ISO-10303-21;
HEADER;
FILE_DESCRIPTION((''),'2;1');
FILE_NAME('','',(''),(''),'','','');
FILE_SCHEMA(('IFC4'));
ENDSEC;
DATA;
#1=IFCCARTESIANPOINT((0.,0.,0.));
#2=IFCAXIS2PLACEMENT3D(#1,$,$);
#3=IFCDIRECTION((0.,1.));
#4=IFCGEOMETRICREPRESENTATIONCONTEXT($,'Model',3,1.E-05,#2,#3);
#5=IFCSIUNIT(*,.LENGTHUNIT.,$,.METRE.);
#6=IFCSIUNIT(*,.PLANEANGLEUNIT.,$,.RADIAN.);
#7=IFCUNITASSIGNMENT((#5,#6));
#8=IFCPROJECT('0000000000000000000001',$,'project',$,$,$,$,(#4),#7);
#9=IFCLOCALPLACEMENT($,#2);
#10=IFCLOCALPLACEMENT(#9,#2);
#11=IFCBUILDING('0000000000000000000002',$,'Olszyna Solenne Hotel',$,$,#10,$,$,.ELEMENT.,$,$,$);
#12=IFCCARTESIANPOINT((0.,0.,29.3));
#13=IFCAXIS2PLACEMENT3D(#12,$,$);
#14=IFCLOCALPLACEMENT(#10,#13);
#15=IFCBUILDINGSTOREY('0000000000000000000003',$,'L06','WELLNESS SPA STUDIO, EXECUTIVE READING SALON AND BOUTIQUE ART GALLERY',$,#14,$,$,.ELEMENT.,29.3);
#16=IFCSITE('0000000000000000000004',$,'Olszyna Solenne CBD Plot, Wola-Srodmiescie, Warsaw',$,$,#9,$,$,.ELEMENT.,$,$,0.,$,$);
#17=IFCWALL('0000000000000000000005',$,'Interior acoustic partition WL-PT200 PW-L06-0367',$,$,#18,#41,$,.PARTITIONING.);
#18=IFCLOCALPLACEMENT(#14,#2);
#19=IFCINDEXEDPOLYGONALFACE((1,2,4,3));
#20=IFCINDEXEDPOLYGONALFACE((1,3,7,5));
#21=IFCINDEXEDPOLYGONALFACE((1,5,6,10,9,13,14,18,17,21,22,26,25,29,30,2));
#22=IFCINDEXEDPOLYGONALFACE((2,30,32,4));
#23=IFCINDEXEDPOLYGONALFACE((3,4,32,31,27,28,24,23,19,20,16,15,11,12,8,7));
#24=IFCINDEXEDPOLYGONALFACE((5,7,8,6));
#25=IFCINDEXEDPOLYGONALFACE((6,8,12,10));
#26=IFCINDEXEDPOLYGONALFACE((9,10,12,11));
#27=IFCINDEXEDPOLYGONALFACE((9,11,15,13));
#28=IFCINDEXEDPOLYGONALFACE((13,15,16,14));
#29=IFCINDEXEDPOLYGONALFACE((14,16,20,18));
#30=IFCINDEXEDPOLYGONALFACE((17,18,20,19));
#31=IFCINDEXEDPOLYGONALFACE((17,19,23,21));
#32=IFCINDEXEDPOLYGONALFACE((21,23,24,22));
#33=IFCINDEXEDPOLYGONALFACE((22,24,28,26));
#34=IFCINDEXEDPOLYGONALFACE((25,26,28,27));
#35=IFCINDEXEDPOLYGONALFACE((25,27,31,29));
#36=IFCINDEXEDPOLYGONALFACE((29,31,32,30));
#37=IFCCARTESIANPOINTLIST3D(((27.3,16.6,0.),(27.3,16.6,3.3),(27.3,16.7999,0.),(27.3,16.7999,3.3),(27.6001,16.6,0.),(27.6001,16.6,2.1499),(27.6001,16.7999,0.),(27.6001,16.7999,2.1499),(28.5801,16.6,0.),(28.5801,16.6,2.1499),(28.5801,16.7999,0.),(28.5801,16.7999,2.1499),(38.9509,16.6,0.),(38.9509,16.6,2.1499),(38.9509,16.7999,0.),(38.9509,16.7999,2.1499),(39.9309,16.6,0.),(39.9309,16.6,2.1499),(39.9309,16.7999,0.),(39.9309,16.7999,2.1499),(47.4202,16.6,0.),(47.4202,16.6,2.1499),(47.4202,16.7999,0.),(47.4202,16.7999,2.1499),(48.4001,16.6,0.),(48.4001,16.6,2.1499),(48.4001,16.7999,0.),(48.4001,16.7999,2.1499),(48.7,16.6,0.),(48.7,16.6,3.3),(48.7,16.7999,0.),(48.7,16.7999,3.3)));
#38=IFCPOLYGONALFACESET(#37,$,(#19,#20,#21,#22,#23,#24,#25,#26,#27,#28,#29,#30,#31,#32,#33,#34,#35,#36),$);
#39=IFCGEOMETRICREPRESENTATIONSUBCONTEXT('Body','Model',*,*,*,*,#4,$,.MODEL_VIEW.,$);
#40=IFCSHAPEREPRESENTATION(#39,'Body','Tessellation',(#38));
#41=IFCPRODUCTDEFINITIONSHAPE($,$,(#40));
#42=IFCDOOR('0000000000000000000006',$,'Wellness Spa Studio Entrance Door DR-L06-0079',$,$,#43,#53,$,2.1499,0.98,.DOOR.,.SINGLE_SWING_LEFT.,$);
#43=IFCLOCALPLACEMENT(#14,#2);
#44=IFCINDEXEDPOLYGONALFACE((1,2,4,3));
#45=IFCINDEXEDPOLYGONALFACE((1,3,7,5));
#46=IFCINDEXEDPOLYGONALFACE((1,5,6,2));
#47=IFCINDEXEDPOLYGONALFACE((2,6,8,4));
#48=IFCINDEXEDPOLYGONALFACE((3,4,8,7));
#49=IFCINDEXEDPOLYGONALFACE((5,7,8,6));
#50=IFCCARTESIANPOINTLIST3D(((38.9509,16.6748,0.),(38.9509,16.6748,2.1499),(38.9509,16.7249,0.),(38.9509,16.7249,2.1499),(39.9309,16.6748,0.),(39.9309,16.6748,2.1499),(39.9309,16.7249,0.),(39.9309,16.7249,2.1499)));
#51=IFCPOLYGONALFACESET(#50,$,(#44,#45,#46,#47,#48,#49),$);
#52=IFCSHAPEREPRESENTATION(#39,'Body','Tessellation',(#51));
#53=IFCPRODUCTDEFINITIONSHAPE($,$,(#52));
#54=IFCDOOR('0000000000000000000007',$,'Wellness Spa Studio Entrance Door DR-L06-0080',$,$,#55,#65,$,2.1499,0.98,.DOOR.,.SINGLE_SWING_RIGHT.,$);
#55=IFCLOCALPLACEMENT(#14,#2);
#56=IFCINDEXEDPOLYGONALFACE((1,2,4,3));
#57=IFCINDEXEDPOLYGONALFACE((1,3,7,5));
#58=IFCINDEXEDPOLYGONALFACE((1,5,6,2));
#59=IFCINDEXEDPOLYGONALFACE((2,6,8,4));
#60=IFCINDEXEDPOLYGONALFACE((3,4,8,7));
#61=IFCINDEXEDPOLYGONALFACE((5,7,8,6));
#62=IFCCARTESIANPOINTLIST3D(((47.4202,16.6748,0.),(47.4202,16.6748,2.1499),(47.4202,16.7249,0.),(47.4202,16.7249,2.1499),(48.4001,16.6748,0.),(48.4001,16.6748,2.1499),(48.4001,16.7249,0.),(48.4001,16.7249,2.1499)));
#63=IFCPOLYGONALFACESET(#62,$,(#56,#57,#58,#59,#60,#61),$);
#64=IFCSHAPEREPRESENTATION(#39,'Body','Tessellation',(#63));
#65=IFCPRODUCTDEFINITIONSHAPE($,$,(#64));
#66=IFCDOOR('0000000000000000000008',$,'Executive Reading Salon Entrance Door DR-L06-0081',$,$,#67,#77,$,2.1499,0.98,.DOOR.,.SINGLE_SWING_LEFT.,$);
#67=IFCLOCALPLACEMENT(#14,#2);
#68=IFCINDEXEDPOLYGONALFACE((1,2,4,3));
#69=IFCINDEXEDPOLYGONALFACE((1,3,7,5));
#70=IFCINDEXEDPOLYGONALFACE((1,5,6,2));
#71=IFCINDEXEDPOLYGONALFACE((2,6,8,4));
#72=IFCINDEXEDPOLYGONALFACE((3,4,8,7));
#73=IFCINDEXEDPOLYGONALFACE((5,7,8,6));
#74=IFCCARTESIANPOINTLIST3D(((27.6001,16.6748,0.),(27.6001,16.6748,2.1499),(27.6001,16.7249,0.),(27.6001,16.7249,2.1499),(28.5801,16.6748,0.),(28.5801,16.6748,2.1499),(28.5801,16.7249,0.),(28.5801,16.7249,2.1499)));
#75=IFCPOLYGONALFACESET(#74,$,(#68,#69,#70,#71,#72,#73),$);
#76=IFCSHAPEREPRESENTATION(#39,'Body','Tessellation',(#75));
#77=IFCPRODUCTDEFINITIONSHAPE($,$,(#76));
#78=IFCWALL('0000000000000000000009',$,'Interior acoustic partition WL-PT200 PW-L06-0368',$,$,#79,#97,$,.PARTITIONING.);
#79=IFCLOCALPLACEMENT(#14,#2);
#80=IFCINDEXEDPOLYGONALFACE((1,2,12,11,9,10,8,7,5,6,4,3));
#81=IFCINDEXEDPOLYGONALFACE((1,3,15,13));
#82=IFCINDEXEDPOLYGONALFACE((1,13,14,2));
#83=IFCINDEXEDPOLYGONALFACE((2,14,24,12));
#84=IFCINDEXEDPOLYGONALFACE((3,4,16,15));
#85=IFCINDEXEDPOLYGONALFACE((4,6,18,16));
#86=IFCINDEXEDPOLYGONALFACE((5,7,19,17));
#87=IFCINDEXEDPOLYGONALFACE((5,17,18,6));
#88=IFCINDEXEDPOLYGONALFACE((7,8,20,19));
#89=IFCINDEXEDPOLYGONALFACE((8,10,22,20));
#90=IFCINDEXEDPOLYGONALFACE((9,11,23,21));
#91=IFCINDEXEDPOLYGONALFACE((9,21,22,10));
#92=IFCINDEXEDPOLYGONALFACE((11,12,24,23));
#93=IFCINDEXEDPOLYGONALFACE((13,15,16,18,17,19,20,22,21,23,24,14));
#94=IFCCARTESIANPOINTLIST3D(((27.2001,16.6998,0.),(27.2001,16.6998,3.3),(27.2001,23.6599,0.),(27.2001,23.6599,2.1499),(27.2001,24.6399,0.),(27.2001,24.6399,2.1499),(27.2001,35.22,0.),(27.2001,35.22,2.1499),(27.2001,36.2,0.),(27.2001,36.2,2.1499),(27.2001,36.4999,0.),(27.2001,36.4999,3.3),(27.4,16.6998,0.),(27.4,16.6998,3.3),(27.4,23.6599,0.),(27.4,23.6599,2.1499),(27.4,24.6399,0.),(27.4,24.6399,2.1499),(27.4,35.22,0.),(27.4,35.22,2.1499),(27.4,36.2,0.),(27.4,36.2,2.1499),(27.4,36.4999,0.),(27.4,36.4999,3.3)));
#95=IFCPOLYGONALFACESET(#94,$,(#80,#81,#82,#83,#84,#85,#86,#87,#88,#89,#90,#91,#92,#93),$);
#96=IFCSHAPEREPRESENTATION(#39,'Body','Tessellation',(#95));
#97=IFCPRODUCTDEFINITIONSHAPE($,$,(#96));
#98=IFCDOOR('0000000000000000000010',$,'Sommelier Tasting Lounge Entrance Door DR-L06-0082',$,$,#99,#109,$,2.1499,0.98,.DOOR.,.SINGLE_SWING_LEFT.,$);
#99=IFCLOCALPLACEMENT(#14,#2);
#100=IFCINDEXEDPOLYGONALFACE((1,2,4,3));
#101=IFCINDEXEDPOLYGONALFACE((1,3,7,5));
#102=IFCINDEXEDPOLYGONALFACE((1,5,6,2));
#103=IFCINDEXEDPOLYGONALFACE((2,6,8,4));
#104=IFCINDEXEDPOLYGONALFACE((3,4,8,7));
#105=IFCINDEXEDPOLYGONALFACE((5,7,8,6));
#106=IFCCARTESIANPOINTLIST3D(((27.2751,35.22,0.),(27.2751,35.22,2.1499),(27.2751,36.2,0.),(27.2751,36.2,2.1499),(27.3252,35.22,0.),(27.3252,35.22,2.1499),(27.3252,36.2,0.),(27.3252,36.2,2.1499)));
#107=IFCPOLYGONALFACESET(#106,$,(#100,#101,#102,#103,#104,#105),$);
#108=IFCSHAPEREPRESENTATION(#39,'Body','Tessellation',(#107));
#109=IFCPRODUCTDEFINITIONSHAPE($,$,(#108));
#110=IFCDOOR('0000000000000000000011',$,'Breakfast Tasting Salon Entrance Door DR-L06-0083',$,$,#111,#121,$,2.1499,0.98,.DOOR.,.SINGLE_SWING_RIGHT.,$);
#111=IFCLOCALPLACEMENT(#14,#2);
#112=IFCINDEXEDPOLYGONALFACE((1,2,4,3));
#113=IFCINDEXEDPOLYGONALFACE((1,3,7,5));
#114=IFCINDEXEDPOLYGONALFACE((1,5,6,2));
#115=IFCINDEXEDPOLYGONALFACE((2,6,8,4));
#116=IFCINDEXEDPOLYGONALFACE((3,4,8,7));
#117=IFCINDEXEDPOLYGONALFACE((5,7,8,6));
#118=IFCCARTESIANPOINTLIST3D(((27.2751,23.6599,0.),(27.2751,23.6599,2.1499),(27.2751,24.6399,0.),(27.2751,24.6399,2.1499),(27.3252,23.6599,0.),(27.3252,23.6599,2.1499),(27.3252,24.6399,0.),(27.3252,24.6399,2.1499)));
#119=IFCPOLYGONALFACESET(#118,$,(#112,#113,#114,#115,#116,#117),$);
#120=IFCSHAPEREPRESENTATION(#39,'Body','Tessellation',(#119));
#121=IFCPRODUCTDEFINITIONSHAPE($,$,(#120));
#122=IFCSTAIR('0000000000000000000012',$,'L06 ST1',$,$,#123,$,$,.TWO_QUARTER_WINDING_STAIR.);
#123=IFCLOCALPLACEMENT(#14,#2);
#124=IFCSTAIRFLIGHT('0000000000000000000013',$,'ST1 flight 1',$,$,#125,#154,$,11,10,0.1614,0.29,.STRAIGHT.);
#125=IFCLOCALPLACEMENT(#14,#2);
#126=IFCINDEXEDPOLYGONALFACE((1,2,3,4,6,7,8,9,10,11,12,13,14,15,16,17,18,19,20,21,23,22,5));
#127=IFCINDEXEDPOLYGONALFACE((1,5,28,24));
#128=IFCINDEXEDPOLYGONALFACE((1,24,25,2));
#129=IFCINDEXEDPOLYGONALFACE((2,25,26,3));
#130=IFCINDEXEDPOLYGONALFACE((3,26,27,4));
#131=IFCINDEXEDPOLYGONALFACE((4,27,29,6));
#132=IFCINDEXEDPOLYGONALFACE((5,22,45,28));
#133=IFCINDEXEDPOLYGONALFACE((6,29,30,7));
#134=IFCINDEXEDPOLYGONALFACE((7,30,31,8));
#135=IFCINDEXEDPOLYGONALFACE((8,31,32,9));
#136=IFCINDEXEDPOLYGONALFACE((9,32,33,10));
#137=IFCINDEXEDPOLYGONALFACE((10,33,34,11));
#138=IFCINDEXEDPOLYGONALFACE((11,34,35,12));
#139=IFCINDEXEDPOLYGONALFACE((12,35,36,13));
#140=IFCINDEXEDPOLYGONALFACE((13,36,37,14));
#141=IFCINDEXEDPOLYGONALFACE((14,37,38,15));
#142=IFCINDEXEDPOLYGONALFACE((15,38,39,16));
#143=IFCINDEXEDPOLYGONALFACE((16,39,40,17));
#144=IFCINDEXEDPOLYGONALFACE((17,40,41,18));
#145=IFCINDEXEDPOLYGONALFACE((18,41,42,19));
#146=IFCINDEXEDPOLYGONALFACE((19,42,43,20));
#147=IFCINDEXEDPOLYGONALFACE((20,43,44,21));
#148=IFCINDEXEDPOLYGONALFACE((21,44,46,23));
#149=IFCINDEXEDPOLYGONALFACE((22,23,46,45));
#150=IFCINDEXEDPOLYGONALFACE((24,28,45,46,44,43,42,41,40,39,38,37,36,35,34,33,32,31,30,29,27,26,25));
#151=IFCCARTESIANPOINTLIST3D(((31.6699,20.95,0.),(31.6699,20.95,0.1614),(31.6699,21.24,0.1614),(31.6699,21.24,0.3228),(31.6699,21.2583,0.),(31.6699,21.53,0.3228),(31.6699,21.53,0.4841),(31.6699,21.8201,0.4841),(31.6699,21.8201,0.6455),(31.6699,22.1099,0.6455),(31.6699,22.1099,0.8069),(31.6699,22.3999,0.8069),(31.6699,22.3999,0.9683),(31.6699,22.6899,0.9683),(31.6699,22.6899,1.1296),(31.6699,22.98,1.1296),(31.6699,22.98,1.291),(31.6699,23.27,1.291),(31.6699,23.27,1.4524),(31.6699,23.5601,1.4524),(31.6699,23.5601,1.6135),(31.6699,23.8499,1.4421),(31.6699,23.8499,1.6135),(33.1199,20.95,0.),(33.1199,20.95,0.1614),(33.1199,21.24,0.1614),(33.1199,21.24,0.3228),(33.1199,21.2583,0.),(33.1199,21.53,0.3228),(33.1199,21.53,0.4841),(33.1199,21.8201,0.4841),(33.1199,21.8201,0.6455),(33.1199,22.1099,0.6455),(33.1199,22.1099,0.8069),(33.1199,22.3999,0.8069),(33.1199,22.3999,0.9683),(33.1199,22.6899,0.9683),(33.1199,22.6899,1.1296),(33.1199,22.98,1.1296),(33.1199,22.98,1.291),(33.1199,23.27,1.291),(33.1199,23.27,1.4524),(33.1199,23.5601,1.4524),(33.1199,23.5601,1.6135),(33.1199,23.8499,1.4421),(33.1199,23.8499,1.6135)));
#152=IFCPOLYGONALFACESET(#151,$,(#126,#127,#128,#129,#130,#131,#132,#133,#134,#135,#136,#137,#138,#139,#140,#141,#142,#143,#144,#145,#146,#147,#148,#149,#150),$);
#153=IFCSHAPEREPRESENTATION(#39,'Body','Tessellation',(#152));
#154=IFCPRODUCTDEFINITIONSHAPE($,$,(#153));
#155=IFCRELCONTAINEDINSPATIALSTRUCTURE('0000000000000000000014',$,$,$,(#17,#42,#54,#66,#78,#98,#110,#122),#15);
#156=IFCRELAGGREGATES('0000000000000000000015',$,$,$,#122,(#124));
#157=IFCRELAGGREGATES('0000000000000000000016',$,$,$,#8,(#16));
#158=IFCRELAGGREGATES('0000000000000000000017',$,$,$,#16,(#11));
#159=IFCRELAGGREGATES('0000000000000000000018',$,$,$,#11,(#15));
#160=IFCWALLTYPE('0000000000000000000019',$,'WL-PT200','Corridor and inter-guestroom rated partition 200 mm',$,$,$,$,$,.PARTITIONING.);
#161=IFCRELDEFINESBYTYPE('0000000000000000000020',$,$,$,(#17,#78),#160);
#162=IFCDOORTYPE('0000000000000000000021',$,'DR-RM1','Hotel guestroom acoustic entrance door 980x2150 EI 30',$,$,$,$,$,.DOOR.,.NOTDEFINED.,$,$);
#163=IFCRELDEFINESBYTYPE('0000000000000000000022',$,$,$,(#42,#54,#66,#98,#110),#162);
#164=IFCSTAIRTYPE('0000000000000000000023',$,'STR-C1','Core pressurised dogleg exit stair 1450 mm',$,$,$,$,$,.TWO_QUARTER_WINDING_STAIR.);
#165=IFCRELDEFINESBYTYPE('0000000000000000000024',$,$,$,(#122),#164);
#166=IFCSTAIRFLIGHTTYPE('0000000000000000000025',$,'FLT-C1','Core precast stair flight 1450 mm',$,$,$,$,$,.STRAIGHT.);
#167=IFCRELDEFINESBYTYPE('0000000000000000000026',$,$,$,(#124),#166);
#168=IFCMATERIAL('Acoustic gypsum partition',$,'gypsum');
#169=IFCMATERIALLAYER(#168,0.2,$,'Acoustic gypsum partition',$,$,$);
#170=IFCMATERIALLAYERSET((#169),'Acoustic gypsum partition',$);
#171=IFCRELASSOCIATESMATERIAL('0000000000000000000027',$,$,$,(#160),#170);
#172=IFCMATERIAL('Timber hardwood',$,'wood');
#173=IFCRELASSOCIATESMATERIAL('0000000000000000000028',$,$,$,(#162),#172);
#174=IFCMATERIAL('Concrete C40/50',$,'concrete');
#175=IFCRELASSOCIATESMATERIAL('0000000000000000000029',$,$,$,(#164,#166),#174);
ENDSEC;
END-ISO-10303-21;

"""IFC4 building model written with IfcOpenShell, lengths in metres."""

from ifc_helpers import new_model, si_unit, direction, frame, frame_2d, origin, place, context, subcontext, project, spatial, polyline, rectangle, outline, extrude, source, transform, mapped, material, layer, layer_set, type_object, type_shapes, element, fill, aggregate, save


model = new_model("IFC4")

# Units and contexts
model_context = context("Model", 3, precision=1e-05, world=origin(), true_north=direction((0.0, 1.0)))
body_context = subcontext(model_context, "Body", "Model", "MODEL_VIEW")
ifc_project = project(units=[si_unit("LENGTHUNIT", "METRE"), si_unit("PLANEANGLEUNIT", "RADIAN")], contexts=[model_context])

# Site, building, storey
site_placement = place(None, origin())
site = spatial("IfcSite", under=ifc_project, at=site_placement, Name="Olszyna Solenne CBD Plot, Wola-Srodmiescie, Warsaw", CompositionType="ELEMENT", RefElevation=0.0)
building_placement = place(site_placement, origin())
building = spatial("IfcBuilding", under=site, at=building_placement, Name="Olszyna Solenne Hotel", CompositionType="ELEMENT")
storey_placement = place(building_placement, frame((0.0, 0.0, 29.3)))
storey = spatial("IfcBuildingStorey", under=building, at=storey_placement, Name="L06", Description="WELLNESS SPA STUDIO, EXECUTIVE READING SALON AND BOUTIQUE ART GALLERY", CompositionType="ELEMENT", Elevation=29.3)

# Shared definitions
ifc_material_1 = material(Name="Timber hardwood", Category="wood")

# Shared definitions
ifc_material_2 = material(Name="Acoustic gypsum partition", Category="gypsum")

# Shared definitions
ifc_layer_1 = layer(ifc_material_2, 0.2, Name="Acoustic gypsum partition")
ifc_layer_set_1 = layer_set([ifc_layer_1], Name="Acoustic gypsum partition")
wall_type_1 = type_object("IfcWallType", Name="WL-PT200", Description="Corridor and inter-guestroom rated partition 200 mm", PredefinedType="PARTITIONING", material=ifc_layer_set_1)

# Walls, openings, doors
wall_1_placement = place(storey_placement, frame((27.3, 16.7, 0.0), z_axis=(0.0, 0.0, 1.0), x_axis=(1.0, 0.0, 0.0)))
wall_1 = element("IfcWall", 1, at=wall_1_placement, inside=storey, type_object=wall_type_1, Name="Interior acoustic partition WL-PT200 PW-L06-0367", PredefinedType="PARTITIONING", context=body_context, shape_type="SweptSolid", body=[
    extrude(rectangle(XDim=21.3999, YDim=0.2, at=frame_2d((10.7, 0.0))), origin(), (0.0, 0.0, 1.0), 3.3),
])
opening_1_placement = place(wall_1_placement, frame((11.6509, 0.0, 0.0)))
opening_1 = element("IfcOpeningElement", 2, at=opening_1_placement, cuts=wall_1, PredefinedType="OPENING", context=body_context, shape_type="SweptSolid", body=[
    extrude(rectangle(XDim=0.98, YDim=2.1499, at=frame_2d((0.49, 1.075))), frame((0.0, 0.1099, 0.0), z_axis=(0.0, -1.0, 0.0), x_axis=(1.0, 0.0, 0.0)), (0.0, 0.0, 1.0), 0.22),
])
opening_2_placement = place(wall_1_placement, frame((20.1201, 0.0, 0.0)))
opening_2 = element("IfcOpeningElement", 3, at=opening_2_placement, cuts=wall_1, PredefinedType="OPENING", context=body_context, shape_type="SweptSolid", body=[
    extrude(rectangle(XDim=0.98, YDim=2.1499, at=frame_2d((0.49, 1.075))), frame((0.0, 0.1099, 0.0), z_axis=(0.0, -1.0, 0.0), x_axis=(1.0, 0.0, 0.0)), (0.0, 0.0, 1.0), 0.22),
])
opening_3_placement = place(wall_1_placement, frame((0.3, 0.0, 0.0)))
opening_3 = element("IfcOpeningElement", 4, at=opening_3_placement, cuts=wall_1, PredefinedType="OPENING", context=body_context, shape_type="SweptSolid", body=[
    extrude(rectangle(XDim=0.98, YDim=2.1499, at=frame_2d((0.49, 1.075))), frame((0.0, 0.1099, 0.0), z_axis=(0.0, -1.0, 0.0), x_axis=(1.0, 0.0, 0.0)), (0.0, 0.0, 1.0), 0.22),
])
door_type_1 = type_object("IfcDoorType", Name="DR-RM1", Description="Hotel guestroom acoustic entrance door 980x2150 EI 30", OperationType="NOTDEFINED", PredefinedType="DOOR", material=ifc_material_1)
shared_shape_1 = source(origin(), body_context, "Body", "SweptSolid", [
    extrude(rectangle(XDim=0.98, YDim=2.1499, at=frame_2d((0.49, 1.075))), frame((0.0, 0.0249, 0.0), z_axis=(0.0, -1.0, 0.0), x_axis=(1.0, 0.0, 0.0)), (0.0, 0.0, 1.0), 0.05),
])
type_shapes(door_type_1, [shared_shape_1])
door_1_placement = place(opening_1_placement, origin())
door_1 = element("IfcDoor", 5, at=door_1_placement, inside=storey, type_object=door_type_1, Name="Wellness Spa Studio Entrance Door DR-L06-0079", OperationType="SINGLE_SWING_LEFT", OverallHeight=2.1499, OverallWidth=0.98, PredefinedType="DOOR", context=body_context, shape_type="MappedRepresentation", body=[
    mapped(shared_shape_1, transform((0.0, 0.0, 0.0), x_axis=(1.0, 0.0, 0.0), y_axis=(0.0, 1.0, 0.0), z_axis=(0.0, 0.0, 1.0), scale=1.0)),
])
fill(opening_1, door_1)
door_2_placement = place(opening_2_placement, origin())
door_2 = element("IfcDoor", 6, at=door_2_placement, inside=storey, type_object=door_type_1, Name="Wellness Spa Studio Entrance Door DR-L06-0080", OperationType="SINGLE_SWING_RIGHT", OverallHeight=2.1499, OverallWidth=0.98, PredefinedType="DOOR", context=body_context, shape_type="MappedRepresentation", body=[
    mapped(shared_shape_1, transform((0.0, 0.0, 0.0), x_axis=(1.0, 0.0, 0.0), y_axis=(0.0, 1.0, 0.0), z_axis=(0.0, 0.0, 1.0), scale=1.0)),
])
fill(opening_2, door_2)
door_3_placement = place(opening_3_placement, origin())
door_3 = element("IfcDoor", 7, at=door_3_placement, inside=storey, type_object=door_type_1, Name="Executive Reading Salon Entrance Door DR-L06-0081", OperationType="SINGLE_SWING_LEFT", OverallHeight=2.1499, OverallWidth=0.98, PredefinedType="DOOR", context=body_context, shape_type="MappedRepresentation", body=[
    mapped(shared_shape_1, transform((0.0, 0.0, 0.0), x_axis=(1.0, 0.0, 0.0), y_axis=(0.0, 1.0, 0.0), z_axis=(0.0, 0.0, 1.0), scale=1.0)),
])
fill(opening_3, door_3)
wall_2_placement = place(storey_placement, frame((27.3, 16.7, 0.0), z_axis=(0.0, 0.0, 1.0), x_axis=(0.0, 1.0, 0.0)))
wall_2 = element("IfcWall", 8, at=wall_2_placement, inside=storey, type_object=wall_type_1, Name="Interior acoustic partition WL-PT200 PW-L06-0368", PredefinedType="PARTITIONING", context=body_context, shape_type="SweptSolid", body=[
    extrude(rectangle(XDim=19.8, YDim=0.2, at=frame_2d((9.8999, 0.0))), origin(), (0.0, 0.0, 1.0), 3.3),
])
opening_4_placement = place(wall_2_placement, frame((18.52, 0.0, 0.0)))
opening_4 = element("IfcOpeningElement", 9, at=opening_4_placement, cuts=wall_2, PredefinedType="OPENING", context=body_context, shape_type="SweptSolid", body=[
    extrude(rectangle(XDim=0.98, YDim=2.1499, at=frame_2d((0.49, 1.075))), frame((0.0, 0.1099, 0.0), z_axis=(0.0, -1.0, 0.0), x_axis=(1.0, 0.0, 0.0)), (0.0, 0.0, 1.0), 0.22),
])
opening_5_placement = place(wall_2_placement, frame((6.96, 0.0, 0.0)))
opening_5 = element("IfcOpeningElement", 10, at=opening_5_placement, cuts=wall_2, PredefinedType="OPENING", context=body_context, shape_type="SweptSolid", body=[
    extrude(rectangle(XDim=0.98, YDim=2.1499, at=frame_2d((0.49, 1.075))), frame((0.0, 0.1099, 0.0), z_axis=(0.0, -1.0, 0.0), x_axis=(1.0, 0.0, 0.0)), (0.0, 0.0, 1.0), 0.22),
])
door_4_placement = place(opening_4_placement, origin())
door_4 = element("IfcDoor", 11, at=door_4_placement, inside=storey, type_object=door_type_1, Name="Sommelier Tasting Lounge Entrance Door DR-L06-0082", OperationType="SINGLE_SWING_LEFT", OverallHeight=2.1499, OverallWidth=0.98, PredefinedType="DOOR", context=body_context, shape_type="MappedRepresentation", body=[
    mapped(shared_shape_1, transform((0.0, 0.0, 0.0), x_axis=(1.0, 0.0, 0.0), y_axis=(0.0, 1.0, 0.0), z_axis=(0.0, 0.0, 1.0), scale=1.0)),
])
fill(opening_4, door_4)
door_5_placement = place(opening_5_placement, origin())
door_5 = element("IfcDoor", 12, at=door_5_placement, inside=storey, type_object=door_type_1, Name="Breakfast Tasting Salon Entrance Door DR-L06-0083", OperationType="SINGLE_SWING_RIGHT", OverallHeight=2.1499, OverallWidth=0.98, PredefinedType="DOOR", context=body_context, shape_type="MappedRepresentation", body=[
    mapped(shared_shape_1, transform((0.0, 0.0, 0.0), x_axis=(1.0, 0.0, 0.0), y_axis=(0.0, 1.0, 0.0), z_axis=(0.0, 0.0, 1.0), scale=1.0)),
])
fill(opening_5, door_5)

# Stair, stair flight
ifc_material_3 = material(Name="Concrete C40/50", Category="concrete")
stair_type = type_object("IfcStairType", Name="STR-C1", Description="Core pressurised dogleg exit stair 1450 mm", PredefinedType="TWO_QUARTER_WINDING_STAIR", material=ifc_material_3)
stair_placement = place(storey_placement, origin())
stair = element("IfcStair", 13, at=stair_placement, inside=storey, type_object=stair_type, Name="L06 ST1", PredefinedType="TWO_QUARTER_WINDING_STAIR")
stair_flight_type = type_object("IfcStairFlightType", Name="FLT-C1", Description="Core precast stair flight 1450 mm", PredefinedType="STRAIGHT", material=ifc_material_3)
stair_flight_placement = place(storey_placement, frame((32.395, 20.95, 0.0), z_axis=(0.0, 0.0, 1.0), x_axis=(0.0, 1.0, 0.0)))
stair_flight = element("IfcStairFlight", 14, at=stair_flight_placement, type_object=stair_flight_type, Name="ST1 flight 1", NumberOfRisers=11, NumberOfTreads=10, PredefinedType="STRAIGHT", RiserHeight=0.1614, TreadLength=0.29, context=body_context, shape_type="SweptSolid", body=[
    extrude(outline(polyline([(0.0, 0.0), (0.0, 0.1614), (0.29, 0.1614), (0.29, 0.3228), (0.5801, 0.3228), (0.5801, 0.4841), (0.8701, 0.4841), (0.8701, 0.6455), (1.1599, 0.6455), (1.1599, 0.8069), (1.45, 0.8069), (1.45, 0.9683), (1.74, 0.9683), (1.74, 1.1296), (2.03, 1.1296), (2.03, 1.291), (2.3201, 1.291), (2.3201, 1.4524), (2.6101, 1.4524), (2.6101, 1.6135), (2.8999, 1.6135), (2.8999, 1.7749), (2.8999, 1.4421), (0.3083, 0.0), (0.0, 0.0)])), frame((0.0, 0.7251, 0.0), z_axis=(0.0, -1.0, 0.0), x_axis=(1.0, 0.0, 0.0)), (0.0, 0.0, 1.0), 1.45),
])
aggregate(stair, [stair_flight])

save(model, "model.ifc")
